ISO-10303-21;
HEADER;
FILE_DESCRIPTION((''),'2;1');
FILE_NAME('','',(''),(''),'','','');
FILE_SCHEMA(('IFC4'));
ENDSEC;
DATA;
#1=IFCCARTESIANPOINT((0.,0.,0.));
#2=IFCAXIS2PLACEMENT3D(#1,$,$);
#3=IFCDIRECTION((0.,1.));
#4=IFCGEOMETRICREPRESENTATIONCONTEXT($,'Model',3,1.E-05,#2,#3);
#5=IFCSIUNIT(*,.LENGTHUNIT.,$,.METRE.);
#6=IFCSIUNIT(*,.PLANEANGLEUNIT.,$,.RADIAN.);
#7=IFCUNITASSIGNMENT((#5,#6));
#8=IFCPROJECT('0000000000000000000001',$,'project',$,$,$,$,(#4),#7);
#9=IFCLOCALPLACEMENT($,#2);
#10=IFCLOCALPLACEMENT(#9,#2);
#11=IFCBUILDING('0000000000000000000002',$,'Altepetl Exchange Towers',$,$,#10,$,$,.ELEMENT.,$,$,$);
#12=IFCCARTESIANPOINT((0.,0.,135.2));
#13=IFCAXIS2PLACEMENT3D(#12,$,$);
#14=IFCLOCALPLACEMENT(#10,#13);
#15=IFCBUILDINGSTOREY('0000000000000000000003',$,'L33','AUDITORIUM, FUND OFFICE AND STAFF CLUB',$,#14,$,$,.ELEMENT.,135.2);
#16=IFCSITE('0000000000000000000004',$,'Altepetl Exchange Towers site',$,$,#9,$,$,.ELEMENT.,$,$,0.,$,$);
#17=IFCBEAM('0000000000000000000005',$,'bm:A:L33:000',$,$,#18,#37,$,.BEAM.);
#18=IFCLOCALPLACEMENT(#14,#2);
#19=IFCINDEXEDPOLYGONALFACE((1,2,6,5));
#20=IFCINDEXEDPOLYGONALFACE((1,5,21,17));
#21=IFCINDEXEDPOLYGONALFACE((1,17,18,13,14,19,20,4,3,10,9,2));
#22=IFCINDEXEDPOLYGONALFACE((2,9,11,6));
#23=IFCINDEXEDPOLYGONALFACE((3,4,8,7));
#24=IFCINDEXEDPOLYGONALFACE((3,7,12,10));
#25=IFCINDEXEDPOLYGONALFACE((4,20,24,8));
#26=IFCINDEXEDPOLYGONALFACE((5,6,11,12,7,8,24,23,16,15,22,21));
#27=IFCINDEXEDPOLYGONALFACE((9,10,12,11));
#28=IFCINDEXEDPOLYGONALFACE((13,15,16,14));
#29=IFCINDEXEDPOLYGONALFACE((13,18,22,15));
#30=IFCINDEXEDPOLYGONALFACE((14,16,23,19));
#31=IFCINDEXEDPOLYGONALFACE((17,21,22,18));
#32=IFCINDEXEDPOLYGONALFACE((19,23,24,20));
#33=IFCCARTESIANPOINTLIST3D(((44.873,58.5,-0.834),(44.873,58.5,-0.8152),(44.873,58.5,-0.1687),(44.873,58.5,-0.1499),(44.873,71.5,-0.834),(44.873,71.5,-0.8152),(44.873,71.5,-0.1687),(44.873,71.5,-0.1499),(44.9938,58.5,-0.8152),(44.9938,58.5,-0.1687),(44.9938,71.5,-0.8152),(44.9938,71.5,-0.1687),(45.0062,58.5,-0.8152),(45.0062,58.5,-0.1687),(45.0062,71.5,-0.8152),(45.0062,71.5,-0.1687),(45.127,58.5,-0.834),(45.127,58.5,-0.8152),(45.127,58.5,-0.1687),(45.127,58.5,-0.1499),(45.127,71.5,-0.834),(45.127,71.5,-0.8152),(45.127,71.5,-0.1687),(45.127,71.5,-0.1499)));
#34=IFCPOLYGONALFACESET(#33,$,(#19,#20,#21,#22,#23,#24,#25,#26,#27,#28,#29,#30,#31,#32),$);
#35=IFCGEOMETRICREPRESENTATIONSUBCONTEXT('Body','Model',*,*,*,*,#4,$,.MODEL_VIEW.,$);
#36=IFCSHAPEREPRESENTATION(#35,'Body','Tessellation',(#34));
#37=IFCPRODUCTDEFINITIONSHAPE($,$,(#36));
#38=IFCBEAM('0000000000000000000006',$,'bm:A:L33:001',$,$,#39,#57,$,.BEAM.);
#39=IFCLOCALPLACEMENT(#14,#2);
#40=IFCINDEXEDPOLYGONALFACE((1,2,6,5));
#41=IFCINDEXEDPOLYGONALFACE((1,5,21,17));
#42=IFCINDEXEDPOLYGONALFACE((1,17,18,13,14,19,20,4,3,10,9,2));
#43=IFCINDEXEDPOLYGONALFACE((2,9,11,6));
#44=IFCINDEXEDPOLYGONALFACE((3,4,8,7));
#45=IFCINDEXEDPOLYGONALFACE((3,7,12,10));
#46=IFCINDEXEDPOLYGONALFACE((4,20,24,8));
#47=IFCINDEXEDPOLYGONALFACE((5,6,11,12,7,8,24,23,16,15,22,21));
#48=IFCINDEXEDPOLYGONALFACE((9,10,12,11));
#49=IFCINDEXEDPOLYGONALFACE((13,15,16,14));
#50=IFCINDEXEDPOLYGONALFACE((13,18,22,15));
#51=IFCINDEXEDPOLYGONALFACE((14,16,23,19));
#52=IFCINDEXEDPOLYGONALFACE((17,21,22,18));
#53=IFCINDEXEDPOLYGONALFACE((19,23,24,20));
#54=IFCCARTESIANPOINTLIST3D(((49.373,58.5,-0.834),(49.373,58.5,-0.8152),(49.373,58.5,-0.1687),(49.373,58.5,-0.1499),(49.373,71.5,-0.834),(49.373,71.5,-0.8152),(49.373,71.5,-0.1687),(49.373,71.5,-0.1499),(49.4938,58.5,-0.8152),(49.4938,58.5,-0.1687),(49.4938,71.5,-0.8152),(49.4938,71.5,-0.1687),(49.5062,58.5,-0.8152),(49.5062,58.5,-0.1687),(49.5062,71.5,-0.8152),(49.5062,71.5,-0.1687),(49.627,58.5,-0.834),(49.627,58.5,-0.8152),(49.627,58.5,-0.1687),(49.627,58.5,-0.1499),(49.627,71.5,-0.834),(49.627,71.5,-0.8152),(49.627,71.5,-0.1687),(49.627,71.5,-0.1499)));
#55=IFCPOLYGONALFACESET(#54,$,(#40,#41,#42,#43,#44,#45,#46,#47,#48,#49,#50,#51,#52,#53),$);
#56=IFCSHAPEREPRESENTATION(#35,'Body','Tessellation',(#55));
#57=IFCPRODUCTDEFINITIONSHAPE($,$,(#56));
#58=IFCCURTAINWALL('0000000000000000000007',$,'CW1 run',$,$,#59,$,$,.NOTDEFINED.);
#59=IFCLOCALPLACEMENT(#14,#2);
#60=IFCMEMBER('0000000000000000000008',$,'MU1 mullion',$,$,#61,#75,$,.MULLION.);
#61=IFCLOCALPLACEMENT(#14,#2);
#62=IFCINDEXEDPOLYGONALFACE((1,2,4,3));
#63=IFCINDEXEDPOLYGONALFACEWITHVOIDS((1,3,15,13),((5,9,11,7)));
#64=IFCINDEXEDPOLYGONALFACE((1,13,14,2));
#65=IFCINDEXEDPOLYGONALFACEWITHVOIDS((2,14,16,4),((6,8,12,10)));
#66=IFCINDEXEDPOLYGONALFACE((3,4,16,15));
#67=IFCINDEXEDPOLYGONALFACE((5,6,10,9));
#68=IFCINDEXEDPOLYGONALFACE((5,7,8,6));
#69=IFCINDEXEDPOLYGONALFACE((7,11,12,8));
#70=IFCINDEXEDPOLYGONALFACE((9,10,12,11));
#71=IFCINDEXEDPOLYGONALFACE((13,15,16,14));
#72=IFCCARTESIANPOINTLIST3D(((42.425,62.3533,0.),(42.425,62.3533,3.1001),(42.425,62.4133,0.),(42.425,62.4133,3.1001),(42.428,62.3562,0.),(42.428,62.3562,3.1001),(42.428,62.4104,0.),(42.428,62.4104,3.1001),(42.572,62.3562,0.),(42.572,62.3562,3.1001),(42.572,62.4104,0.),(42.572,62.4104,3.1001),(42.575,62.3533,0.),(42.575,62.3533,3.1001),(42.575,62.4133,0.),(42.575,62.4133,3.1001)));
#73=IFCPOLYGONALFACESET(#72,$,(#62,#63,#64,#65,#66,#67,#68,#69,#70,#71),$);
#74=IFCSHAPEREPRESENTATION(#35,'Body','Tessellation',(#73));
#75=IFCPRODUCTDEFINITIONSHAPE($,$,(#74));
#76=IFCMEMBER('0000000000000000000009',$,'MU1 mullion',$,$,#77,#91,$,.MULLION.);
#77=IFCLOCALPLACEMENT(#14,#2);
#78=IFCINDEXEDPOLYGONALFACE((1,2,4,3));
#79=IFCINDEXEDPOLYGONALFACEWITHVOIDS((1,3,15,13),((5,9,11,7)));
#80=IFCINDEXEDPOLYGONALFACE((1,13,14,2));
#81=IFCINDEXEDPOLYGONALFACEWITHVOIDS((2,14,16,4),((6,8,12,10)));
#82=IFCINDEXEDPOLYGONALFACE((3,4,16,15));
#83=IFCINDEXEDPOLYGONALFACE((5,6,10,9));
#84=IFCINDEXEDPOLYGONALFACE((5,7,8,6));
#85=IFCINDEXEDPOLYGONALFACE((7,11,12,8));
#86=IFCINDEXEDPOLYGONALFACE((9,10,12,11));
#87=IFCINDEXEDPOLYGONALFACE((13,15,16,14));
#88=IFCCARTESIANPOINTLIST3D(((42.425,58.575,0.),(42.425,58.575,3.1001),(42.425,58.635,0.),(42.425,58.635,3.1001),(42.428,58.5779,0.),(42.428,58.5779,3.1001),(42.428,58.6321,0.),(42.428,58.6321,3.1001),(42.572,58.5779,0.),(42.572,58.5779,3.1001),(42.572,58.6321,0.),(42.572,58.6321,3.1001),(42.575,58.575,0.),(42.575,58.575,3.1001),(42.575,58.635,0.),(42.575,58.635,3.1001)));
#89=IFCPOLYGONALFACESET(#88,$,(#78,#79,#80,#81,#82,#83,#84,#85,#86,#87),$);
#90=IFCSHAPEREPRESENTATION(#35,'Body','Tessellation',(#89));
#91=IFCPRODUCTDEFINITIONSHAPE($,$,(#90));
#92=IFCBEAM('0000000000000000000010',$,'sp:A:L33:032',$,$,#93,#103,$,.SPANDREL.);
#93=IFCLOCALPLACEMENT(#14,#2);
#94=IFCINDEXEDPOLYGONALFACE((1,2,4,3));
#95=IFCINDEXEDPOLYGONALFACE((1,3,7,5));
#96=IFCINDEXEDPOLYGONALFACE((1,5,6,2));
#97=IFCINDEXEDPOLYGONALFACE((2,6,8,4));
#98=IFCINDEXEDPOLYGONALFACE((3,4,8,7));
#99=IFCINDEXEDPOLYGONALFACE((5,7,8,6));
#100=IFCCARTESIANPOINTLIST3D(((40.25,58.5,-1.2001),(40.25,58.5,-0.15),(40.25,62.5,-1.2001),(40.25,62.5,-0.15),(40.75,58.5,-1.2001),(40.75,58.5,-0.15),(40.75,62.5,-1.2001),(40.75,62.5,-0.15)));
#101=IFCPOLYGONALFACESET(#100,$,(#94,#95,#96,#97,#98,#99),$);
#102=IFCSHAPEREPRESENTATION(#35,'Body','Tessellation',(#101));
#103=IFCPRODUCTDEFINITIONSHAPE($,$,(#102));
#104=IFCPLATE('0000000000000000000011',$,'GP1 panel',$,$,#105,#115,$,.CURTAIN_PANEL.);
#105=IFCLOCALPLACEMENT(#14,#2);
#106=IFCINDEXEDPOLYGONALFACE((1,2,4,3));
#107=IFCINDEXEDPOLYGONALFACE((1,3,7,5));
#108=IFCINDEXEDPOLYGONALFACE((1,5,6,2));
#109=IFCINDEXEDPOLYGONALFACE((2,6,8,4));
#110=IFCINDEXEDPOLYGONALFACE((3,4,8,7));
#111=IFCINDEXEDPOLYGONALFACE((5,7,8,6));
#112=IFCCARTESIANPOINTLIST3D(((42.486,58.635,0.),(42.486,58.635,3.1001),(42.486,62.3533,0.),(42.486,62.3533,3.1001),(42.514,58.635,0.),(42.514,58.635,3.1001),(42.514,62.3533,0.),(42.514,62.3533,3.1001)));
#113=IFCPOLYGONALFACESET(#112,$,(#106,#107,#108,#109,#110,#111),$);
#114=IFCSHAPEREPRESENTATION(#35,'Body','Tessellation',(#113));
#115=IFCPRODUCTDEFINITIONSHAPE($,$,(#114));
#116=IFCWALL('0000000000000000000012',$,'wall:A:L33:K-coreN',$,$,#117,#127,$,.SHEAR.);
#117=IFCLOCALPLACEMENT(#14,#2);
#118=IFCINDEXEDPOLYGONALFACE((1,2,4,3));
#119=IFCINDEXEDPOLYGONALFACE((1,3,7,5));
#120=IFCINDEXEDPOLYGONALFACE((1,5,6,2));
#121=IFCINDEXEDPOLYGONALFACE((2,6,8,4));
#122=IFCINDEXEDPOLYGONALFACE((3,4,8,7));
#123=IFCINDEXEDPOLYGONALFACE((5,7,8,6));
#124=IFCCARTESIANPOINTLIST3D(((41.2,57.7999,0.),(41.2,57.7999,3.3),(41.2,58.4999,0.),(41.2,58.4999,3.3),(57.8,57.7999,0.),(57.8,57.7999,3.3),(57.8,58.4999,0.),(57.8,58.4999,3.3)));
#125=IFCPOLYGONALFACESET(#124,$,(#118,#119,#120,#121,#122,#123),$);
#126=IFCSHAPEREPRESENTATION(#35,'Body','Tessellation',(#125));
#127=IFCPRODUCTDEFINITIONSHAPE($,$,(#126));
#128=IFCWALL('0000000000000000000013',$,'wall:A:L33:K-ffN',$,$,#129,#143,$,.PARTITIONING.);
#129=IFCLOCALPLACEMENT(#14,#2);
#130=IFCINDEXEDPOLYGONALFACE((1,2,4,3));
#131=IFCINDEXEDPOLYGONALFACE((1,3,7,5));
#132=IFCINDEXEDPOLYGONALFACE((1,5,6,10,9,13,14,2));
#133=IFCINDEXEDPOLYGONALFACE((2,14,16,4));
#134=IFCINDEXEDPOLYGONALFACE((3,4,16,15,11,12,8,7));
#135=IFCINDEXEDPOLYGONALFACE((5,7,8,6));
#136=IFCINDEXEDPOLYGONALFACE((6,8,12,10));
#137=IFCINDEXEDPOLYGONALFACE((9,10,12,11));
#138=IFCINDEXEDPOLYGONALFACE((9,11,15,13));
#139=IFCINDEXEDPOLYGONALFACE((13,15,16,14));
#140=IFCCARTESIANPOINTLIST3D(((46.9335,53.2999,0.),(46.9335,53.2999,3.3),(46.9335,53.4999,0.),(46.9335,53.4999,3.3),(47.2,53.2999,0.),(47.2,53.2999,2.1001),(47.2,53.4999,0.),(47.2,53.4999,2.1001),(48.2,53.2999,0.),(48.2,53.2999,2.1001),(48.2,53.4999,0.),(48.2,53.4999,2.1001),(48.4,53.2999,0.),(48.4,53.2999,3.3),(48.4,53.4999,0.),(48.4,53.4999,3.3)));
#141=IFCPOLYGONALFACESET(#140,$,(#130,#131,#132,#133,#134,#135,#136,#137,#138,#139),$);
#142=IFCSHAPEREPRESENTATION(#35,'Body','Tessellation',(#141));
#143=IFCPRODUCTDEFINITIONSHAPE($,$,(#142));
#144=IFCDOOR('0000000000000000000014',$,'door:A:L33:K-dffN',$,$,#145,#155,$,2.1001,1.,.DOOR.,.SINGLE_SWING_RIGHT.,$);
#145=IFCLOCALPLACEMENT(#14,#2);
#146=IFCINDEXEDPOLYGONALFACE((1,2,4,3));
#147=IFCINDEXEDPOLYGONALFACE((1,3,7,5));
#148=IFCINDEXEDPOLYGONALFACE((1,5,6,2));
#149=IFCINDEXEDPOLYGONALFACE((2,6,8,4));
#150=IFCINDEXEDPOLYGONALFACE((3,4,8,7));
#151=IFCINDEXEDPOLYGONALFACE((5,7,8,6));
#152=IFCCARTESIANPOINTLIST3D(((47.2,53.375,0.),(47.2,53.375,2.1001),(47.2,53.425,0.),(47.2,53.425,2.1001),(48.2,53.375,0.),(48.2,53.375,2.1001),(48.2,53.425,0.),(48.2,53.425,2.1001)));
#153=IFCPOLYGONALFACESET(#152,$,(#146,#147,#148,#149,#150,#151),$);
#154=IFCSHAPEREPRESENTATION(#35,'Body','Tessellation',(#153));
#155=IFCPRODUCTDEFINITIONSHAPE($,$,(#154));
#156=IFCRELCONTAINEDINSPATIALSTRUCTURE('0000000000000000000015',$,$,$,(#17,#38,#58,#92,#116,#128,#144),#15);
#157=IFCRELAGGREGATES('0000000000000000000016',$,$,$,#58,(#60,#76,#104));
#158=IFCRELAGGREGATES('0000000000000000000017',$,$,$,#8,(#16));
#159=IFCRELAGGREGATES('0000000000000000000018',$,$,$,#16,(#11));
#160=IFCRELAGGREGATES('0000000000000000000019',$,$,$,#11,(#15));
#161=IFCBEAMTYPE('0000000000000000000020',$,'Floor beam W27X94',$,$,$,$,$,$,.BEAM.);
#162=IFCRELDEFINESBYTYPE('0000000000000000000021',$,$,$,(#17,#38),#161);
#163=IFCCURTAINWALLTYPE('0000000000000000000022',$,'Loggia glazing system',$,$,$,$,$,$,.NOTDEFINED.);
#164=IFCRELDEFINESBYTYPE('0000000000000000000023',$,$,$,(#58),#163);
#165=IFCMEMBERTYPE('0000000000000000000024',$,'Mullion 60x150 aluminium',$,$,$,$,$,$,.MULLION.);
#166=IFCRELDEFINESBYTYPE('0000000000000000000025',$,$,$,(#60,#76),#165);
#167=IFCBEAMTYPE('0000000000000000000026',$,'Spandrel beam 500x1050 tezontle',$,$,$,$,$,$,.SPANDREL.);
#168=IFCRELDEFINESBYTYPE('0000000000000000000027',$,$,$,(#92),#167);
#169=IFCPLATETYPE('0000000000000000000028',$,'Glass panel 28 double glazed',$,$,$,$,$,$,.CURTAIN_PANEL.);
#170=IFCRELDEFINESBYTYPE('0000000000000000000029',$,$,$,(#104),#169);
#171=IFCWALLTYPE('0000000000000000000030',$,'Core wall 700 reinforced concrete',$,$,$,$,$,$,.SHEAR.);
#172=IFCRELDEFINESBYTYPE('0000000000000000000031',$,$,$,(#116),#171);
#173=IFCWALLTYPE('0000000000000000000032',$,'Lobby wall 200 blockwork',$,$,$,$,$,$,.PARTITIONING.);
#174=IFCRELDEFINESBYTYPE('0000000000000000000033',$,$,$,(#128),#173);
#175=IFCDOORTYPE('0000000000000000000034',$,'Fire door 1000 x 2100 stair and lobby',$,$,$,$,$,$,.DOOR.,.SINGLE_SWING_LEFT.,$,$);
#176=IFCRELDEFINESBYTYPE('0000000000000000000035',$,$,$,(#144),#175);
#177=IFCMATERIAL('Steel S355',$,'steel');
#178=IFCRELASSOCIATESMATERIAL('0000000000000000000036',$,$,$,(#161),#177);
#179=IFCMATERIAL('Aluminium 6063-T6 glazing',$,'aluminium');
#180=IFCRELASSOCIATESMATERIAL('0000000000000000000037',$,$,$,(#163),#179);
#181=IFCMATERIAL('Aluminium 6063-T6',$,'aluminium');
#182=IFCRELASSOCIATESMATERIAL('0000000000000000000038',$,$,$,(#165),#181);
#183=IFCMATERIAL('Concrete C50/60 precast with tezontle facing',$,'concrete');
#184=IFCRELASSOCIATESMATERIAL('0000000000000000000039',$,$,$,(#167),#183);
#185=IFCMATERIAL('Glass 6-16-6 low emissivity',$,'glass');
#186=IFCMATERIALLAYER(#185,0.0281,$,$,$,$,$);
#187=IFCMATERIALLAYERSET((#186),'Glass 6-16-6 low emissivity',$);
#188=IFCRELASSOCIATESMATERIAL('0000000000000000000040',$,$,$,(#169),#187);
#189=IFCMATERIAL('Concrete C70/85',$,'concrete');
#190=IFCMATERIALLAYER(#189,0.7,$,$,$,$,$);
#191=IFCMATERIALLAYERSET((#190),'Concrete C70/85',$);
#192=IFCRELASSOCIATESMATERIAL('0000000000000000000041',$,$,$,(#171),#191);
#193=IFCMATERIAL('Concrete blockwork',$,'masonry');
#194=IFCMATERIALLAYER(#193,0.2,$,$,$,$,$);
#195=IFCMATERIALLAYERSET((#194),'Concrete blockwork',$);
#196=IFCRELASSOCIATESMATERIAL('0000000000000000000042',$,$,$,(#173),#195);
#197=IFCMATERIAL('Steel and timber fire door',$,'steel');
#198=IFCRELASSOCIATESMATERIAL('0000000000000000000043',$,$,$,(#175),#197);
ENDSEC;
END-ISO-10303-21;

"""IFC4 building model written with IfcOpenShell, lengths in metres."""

from ifc_helpers import new_model, si_unit, direction, frame, frame_2d, origin, origin_2d, place, context, subcontext, project, spatial, rectangle, hollow_rectangle, i_section, extrude, material, layer, layer_set, material_profile, profile_set, type_object, element, fill, aggregate, save


model = new_model("IFC4")

# Units and contexts
model_context = context("Model", 3, precision=1e-05, world=origin(), true_north=direction((0.0, 1.0)))
body_context = subcontext(model_context, "Body", "Model", "MODEL_VIEW")
ifc_project = project(units=[si_unit("LENGTHUNIT", "METRE"), si_unit("PLANEANGLEUNIT", "RADIAN")], contexts=[model_context])

# Site, building, storey
site_placement = place(None, origin())
site = spatial("IfcSite", under=ifc_project, at=site_placement, Name="Altepetl Exchange Towers site", CompositionType="ELEMENT", RefElevation=0.0)
building_placement = place(site_placement, origin())
building = spatial("IfcBuilding", under=site, at=building_placement, Name="Altepetl Exchange Towers", CompositionType="ELEMENT")
storey_placement = place(building_placement, frame((0.0, 0.0, 135.2)))
storey = spatial("IfcBuildingStorey", under=building, at=storey_placement, Name="L33", Description="AUDITORIUM, FUND OFFICE AND STAFF CLUB", CompositionType="ELEMENT", Elevation=135.2)

# Beams
ifc_material_1 = material(Name="Steel S355", Category="steel")
ifc_material_profile_1 = material_profile(ifc_material_1, i_section(OverallWidth=0.2539, OverallDepth=0.6841, WebThickness=0.0125, FlangeThickness=0.0188, at=origin_2d()), Name="W27X94")
ifc_profile_set_1 = profile_set([ifc_material_profile_1], Name="Steel S355")
beam_type_1 = type_object("IfcBeamType", Name="Floor beam W27X94", PredefinedType="BEAM", material=ifc_profile_set_1)
for number, where, z_axis, x_axis, name in (
    (1, (45.0, 58.5, -0.4919), (0.0, 1.0, 0.0), (-1.0, 0.0, 0.0), "bm:A:L33:000"),
    (2, (49.5, 58.5, -0.4919), (0.0, 1.0, 0.0), (-1.0, 0.0, 0.0), "bm:A:L33:001"),
):
    element("IfcBeam", number, at=place(storey_placement, frame(where, z_axis=z_axis, x_axis=x_axis)), inside=storey, type_object=beam_type_1, Name=name, PredefinedType="BEAM", context=body_context, shape_type="SweptSolid", body=[
        extrude(i_section(OverallWidth=0.2539, OverallDepth=0.6841, WebThickness=0.0125, FlangeThickness=0.0188, at=origin_2d()), origin(), (0.0, 0.0, 1.0), 13.0),
    ])

# Curtain wall, members
ifc_material_2 = material(Name="Aluminium 6063-T6 glazing", Category="aluminium")
curtain_wall_type = type_object("IfcCurtainWallType", Name="Loggia glazing system", PredefinedType="NOTDEFINED", material=ifc_material_2)
curtain_wall_placement = place(storey_placement, origin())
curtain_wall = element("IfcCurtainWall", 3, at=curtain_wall_placement, inside=storey, type_object=curtain_wall_type, Name="CW1 run", PredefinedType="NOTDEFINED")
ifc_material_3 = material(Name="Aluminium 6063-T6", Category="aluminium")
ifc_material_profile_2 = material_profile(ifc_material_3, hollow_rectangle(XDim=0.0601, YDim=0.1499, WallThickness=0.0029, at=origin_2d()), Name="Mullion 60x150 aluminium")
ifc_profile_set_2 = profile_set([ifc_material_profile_2], Name="Aluminium 6063-T6")
member_type = type_object("IfcMemberType", Name="Mullion 60x150 aluminium", PredefinedType="MULLION", material=ifc_profile_set_2)
member_1_placement = place(storey_placement, frame((42.5, 62.3833, 0.0), z_axis=(0.0, 0.0, 1.0), x_axis=(0.0, -1.0, 0.0)))
member_1 = element("IfcMember", 4, at=member_1_placement, type_object=member_type, Name="MU1 mullion", PredefinedType="MULLION", context=body_context, shape_type="SweptSolid", body=[
    extrude(hollow_rectangle(XDim=0.0601, YDim=0.1499, WallThickness=0.0029, at=origin_2d()), origin(), (0.0, 0.0, 1.0), 3.1001),
])
member_2_placement = place(storey_placement, frame((42.5, 58.605, 0.0), z_axis=(0.0, 0.0, 1.0), x_axis=(0.0, -1.0, 0.0)))
member_2 = element("IfcMember", 5, at=member_2_placement, type_object=member_type, Name="MU1 mullion", PredefinedType="MULLION", context=body_context, shape_type="SweptSolid", body=[
    extrude(hollow_rectangle(XDim=0.0601, YDim=0.1499, WallThickness=0.0029, at=origin_2d()), origin(), (0.0, 0.0, 1.0), 3.1001),
])

# Beam
ifc_material_4 = material(Name="Concrete C50/60 precast with tezontle facing", Category="concrete")
ifc_material_profile_3 = material_profile(ifc_material_4, rectangle(XDim=0.5, YDim=1.05, at=origin_2d()), Name="500 x 1050")
ifc_profile_set_3 = profile_set([ifc_material_profile_3], Name="Concrete C50/60 precast with tezontle facing")
beam_type_2 = type_object("IfcBeamType", Name="Spandrel beam 500x1050 tezontle", PredefinedType="SPANDREL", material=ifc_profile_set_3)
beam_placement = place(storey_placement, frame((40.5, 62.5, -0.675), z_axis=(0.0, -1.0, 0.0), x_axis=(1.0, 0.0, 0.0)))
element("IfcBeam", 6, at=beam_placement, inside=storey, type_object=beam_type_2, Name="sp:A:L33:032", PredefinedType="SPANDREL", context=body_context, shape_type="SweptSolid", body=[
    extrude(rectangle(XDim=0.5, YDim=1.05, at=origin_2d()), origin(), (0.0, 0.0, 1.0), 4.0),
])

# Plate
ifc_material_5 = material(Name="Glass 6-16-6 low emissivity", Category="glass")
ifc_layer_1 = layer(ifc_material_5, 0.0281)
ifc_layer_set_1 = layer_set([ifc_layer_1], Name="Glass 6-16-6 low emissivity")
plate_type = type_object("IfcPlateType", Name="Glass panel 28 double glazed", PredefinedType="CURTAIN_PANEL", material=ifc_layer_set_1)
plate_placement = place(storey_placement, frame((42.5, 60.4941, 0.0), z_axis=(0.0, 0.0, 1.0), x_axis=(0.0, -1.0, 0.0)))
plate = element("IfcPlate", 7, at=plate_placement, type_object=plate_type, Name="GP1 panel", PredefinedType="CURTAIN_PANEL", context=body_context, shape_type="SweptSolid", body=[
    extrude(rectangle(XDim=3.7183, YDim=0.0281, at=origin_2d()), origin(), (0.0, 0.0, 1.0), 3.1001),
])
aggregate(curtain_wall, [member_1, member_2, plate])

# Wall
ifc_material_6 = material(Name="Concrete C70/85", Category="concrete")
ifc_layer_2 = layer(ifc_material_6, 0.7)
ifc_layer_set_2 = layer_set([ifc_layer_2], Name="Concrete C70/85")
wall_type_1 = type_object("IfcWallType", Name="Core wall 700 reinforced concrete", PredefinedType="SHEAR", material=ifc_layer_set_2)
wall_1_placement = place(storey_placement, frame((41.2, 58.1499, 0.0)))
element("IfcWall", 8, at=wall_1_placement, inside=storey, type_object=wall_type_1, Name="wall:A:L33:K-coreN", PredefinedType="SHEAR", context=body_context, shape_type="SweptSolid", body=[
    extrude(rectangle(XDim=16.6001, YDim=0.7, at=frame_2d((8.3, 0.0))), origin(), (0.0, 0.0, 1.0), 3.3),
])

# Wall, opening, door
ifc_material_7 = material(Name="Concrete blockwork", Category="masonry")
ifc_layer_3 = layer(ifc_material_7, 0.2)
ifc_layer_set_3 = layer_set([ifc_layer_3], Name="Concrete blockwork")
wall_type_2 = type_object("IfcWallType", Name="Lobby wall 200 blockwork", PredefinedType="PARTITIONING", material=ifc_layer_set_3)
wall_2_placement = place(storey_placement, frame((46.9333, 53.3999, 0.0)))
wall_2 = element("IfcWall", 9, at=wall_2_placement, inside=storey, type_object=wall_type_2, Name="wall:A:L33:K-ffN", PredefinedType="PARTITIONING", context=body_context, shape_type="SweptSolid", body=[
    extrude(rectangle(XDim=1.4666, YDim=0.2, at=frame_2d((0.7334, 0.0))), origin(), (0.0, 0.0, 1.0), 3.3),
])
opening_1_placement = place(wall_2_placement, frame((0.2666, 0.0, 0.0)))
opening_1 = element("IfcOpeningElement", 10, at=opening_1_placement, cuts=wall_2, PredefinedType="OPENING", context=body_context, shape_type="SweptSolid", body=[
    extrude(rectangle(XDim=1.0, YDim=2.1001, at=frame_2d((0.5, 1.05))), frame((0.0, 0.1099, 0.0), z_axis=(0.0, -1.0, 0.0), x_axis=(1.0, 0.0, 0.0)), (0.0, 0.0, 1.0), 0.22),
])
ifc_material_8 = material(Name="Steel and timber fire door", Category="steel")
door_type_1 = type_object("IfcDoorType", Name="Fire door 1000 x 2100 stair and lobby", OperationType="SINGLE_SWING_LEFT", PredefinedType="DOOR", material=ifc_material_8)
door_1_placement = place(opening_1_placement, frame((1.0, 0.0, 0.0), x_axis=(-1.0, 0.0, 0.0)))
door_1 = element("IfcDoor", 11, at=door_1_placement, inside=storey, type_object=door_type_1, Name="door:A:L33:K-dffN", OperationType="SINGLE_SWING_RIGHT", OverallHeight=2.1001, OverallWidth=1.0, PredefinedType="DOOR", context=body_context, shape_type="SweptSolid", body=[
    extrude(rectangle(XDim=1.0, YDim=2.1001, at=frame_2d((0.5, 1.05))), frame((0.0, 0.0249, 0.0), z_axis=(0.0, -1.0, 0.0), x_axis=(1.0, 0.0, 0.0)), (0.0, 0.0, 1.0), 0.05),
])
fill(opening_1, door_1)

save(model, "model.ifc")
